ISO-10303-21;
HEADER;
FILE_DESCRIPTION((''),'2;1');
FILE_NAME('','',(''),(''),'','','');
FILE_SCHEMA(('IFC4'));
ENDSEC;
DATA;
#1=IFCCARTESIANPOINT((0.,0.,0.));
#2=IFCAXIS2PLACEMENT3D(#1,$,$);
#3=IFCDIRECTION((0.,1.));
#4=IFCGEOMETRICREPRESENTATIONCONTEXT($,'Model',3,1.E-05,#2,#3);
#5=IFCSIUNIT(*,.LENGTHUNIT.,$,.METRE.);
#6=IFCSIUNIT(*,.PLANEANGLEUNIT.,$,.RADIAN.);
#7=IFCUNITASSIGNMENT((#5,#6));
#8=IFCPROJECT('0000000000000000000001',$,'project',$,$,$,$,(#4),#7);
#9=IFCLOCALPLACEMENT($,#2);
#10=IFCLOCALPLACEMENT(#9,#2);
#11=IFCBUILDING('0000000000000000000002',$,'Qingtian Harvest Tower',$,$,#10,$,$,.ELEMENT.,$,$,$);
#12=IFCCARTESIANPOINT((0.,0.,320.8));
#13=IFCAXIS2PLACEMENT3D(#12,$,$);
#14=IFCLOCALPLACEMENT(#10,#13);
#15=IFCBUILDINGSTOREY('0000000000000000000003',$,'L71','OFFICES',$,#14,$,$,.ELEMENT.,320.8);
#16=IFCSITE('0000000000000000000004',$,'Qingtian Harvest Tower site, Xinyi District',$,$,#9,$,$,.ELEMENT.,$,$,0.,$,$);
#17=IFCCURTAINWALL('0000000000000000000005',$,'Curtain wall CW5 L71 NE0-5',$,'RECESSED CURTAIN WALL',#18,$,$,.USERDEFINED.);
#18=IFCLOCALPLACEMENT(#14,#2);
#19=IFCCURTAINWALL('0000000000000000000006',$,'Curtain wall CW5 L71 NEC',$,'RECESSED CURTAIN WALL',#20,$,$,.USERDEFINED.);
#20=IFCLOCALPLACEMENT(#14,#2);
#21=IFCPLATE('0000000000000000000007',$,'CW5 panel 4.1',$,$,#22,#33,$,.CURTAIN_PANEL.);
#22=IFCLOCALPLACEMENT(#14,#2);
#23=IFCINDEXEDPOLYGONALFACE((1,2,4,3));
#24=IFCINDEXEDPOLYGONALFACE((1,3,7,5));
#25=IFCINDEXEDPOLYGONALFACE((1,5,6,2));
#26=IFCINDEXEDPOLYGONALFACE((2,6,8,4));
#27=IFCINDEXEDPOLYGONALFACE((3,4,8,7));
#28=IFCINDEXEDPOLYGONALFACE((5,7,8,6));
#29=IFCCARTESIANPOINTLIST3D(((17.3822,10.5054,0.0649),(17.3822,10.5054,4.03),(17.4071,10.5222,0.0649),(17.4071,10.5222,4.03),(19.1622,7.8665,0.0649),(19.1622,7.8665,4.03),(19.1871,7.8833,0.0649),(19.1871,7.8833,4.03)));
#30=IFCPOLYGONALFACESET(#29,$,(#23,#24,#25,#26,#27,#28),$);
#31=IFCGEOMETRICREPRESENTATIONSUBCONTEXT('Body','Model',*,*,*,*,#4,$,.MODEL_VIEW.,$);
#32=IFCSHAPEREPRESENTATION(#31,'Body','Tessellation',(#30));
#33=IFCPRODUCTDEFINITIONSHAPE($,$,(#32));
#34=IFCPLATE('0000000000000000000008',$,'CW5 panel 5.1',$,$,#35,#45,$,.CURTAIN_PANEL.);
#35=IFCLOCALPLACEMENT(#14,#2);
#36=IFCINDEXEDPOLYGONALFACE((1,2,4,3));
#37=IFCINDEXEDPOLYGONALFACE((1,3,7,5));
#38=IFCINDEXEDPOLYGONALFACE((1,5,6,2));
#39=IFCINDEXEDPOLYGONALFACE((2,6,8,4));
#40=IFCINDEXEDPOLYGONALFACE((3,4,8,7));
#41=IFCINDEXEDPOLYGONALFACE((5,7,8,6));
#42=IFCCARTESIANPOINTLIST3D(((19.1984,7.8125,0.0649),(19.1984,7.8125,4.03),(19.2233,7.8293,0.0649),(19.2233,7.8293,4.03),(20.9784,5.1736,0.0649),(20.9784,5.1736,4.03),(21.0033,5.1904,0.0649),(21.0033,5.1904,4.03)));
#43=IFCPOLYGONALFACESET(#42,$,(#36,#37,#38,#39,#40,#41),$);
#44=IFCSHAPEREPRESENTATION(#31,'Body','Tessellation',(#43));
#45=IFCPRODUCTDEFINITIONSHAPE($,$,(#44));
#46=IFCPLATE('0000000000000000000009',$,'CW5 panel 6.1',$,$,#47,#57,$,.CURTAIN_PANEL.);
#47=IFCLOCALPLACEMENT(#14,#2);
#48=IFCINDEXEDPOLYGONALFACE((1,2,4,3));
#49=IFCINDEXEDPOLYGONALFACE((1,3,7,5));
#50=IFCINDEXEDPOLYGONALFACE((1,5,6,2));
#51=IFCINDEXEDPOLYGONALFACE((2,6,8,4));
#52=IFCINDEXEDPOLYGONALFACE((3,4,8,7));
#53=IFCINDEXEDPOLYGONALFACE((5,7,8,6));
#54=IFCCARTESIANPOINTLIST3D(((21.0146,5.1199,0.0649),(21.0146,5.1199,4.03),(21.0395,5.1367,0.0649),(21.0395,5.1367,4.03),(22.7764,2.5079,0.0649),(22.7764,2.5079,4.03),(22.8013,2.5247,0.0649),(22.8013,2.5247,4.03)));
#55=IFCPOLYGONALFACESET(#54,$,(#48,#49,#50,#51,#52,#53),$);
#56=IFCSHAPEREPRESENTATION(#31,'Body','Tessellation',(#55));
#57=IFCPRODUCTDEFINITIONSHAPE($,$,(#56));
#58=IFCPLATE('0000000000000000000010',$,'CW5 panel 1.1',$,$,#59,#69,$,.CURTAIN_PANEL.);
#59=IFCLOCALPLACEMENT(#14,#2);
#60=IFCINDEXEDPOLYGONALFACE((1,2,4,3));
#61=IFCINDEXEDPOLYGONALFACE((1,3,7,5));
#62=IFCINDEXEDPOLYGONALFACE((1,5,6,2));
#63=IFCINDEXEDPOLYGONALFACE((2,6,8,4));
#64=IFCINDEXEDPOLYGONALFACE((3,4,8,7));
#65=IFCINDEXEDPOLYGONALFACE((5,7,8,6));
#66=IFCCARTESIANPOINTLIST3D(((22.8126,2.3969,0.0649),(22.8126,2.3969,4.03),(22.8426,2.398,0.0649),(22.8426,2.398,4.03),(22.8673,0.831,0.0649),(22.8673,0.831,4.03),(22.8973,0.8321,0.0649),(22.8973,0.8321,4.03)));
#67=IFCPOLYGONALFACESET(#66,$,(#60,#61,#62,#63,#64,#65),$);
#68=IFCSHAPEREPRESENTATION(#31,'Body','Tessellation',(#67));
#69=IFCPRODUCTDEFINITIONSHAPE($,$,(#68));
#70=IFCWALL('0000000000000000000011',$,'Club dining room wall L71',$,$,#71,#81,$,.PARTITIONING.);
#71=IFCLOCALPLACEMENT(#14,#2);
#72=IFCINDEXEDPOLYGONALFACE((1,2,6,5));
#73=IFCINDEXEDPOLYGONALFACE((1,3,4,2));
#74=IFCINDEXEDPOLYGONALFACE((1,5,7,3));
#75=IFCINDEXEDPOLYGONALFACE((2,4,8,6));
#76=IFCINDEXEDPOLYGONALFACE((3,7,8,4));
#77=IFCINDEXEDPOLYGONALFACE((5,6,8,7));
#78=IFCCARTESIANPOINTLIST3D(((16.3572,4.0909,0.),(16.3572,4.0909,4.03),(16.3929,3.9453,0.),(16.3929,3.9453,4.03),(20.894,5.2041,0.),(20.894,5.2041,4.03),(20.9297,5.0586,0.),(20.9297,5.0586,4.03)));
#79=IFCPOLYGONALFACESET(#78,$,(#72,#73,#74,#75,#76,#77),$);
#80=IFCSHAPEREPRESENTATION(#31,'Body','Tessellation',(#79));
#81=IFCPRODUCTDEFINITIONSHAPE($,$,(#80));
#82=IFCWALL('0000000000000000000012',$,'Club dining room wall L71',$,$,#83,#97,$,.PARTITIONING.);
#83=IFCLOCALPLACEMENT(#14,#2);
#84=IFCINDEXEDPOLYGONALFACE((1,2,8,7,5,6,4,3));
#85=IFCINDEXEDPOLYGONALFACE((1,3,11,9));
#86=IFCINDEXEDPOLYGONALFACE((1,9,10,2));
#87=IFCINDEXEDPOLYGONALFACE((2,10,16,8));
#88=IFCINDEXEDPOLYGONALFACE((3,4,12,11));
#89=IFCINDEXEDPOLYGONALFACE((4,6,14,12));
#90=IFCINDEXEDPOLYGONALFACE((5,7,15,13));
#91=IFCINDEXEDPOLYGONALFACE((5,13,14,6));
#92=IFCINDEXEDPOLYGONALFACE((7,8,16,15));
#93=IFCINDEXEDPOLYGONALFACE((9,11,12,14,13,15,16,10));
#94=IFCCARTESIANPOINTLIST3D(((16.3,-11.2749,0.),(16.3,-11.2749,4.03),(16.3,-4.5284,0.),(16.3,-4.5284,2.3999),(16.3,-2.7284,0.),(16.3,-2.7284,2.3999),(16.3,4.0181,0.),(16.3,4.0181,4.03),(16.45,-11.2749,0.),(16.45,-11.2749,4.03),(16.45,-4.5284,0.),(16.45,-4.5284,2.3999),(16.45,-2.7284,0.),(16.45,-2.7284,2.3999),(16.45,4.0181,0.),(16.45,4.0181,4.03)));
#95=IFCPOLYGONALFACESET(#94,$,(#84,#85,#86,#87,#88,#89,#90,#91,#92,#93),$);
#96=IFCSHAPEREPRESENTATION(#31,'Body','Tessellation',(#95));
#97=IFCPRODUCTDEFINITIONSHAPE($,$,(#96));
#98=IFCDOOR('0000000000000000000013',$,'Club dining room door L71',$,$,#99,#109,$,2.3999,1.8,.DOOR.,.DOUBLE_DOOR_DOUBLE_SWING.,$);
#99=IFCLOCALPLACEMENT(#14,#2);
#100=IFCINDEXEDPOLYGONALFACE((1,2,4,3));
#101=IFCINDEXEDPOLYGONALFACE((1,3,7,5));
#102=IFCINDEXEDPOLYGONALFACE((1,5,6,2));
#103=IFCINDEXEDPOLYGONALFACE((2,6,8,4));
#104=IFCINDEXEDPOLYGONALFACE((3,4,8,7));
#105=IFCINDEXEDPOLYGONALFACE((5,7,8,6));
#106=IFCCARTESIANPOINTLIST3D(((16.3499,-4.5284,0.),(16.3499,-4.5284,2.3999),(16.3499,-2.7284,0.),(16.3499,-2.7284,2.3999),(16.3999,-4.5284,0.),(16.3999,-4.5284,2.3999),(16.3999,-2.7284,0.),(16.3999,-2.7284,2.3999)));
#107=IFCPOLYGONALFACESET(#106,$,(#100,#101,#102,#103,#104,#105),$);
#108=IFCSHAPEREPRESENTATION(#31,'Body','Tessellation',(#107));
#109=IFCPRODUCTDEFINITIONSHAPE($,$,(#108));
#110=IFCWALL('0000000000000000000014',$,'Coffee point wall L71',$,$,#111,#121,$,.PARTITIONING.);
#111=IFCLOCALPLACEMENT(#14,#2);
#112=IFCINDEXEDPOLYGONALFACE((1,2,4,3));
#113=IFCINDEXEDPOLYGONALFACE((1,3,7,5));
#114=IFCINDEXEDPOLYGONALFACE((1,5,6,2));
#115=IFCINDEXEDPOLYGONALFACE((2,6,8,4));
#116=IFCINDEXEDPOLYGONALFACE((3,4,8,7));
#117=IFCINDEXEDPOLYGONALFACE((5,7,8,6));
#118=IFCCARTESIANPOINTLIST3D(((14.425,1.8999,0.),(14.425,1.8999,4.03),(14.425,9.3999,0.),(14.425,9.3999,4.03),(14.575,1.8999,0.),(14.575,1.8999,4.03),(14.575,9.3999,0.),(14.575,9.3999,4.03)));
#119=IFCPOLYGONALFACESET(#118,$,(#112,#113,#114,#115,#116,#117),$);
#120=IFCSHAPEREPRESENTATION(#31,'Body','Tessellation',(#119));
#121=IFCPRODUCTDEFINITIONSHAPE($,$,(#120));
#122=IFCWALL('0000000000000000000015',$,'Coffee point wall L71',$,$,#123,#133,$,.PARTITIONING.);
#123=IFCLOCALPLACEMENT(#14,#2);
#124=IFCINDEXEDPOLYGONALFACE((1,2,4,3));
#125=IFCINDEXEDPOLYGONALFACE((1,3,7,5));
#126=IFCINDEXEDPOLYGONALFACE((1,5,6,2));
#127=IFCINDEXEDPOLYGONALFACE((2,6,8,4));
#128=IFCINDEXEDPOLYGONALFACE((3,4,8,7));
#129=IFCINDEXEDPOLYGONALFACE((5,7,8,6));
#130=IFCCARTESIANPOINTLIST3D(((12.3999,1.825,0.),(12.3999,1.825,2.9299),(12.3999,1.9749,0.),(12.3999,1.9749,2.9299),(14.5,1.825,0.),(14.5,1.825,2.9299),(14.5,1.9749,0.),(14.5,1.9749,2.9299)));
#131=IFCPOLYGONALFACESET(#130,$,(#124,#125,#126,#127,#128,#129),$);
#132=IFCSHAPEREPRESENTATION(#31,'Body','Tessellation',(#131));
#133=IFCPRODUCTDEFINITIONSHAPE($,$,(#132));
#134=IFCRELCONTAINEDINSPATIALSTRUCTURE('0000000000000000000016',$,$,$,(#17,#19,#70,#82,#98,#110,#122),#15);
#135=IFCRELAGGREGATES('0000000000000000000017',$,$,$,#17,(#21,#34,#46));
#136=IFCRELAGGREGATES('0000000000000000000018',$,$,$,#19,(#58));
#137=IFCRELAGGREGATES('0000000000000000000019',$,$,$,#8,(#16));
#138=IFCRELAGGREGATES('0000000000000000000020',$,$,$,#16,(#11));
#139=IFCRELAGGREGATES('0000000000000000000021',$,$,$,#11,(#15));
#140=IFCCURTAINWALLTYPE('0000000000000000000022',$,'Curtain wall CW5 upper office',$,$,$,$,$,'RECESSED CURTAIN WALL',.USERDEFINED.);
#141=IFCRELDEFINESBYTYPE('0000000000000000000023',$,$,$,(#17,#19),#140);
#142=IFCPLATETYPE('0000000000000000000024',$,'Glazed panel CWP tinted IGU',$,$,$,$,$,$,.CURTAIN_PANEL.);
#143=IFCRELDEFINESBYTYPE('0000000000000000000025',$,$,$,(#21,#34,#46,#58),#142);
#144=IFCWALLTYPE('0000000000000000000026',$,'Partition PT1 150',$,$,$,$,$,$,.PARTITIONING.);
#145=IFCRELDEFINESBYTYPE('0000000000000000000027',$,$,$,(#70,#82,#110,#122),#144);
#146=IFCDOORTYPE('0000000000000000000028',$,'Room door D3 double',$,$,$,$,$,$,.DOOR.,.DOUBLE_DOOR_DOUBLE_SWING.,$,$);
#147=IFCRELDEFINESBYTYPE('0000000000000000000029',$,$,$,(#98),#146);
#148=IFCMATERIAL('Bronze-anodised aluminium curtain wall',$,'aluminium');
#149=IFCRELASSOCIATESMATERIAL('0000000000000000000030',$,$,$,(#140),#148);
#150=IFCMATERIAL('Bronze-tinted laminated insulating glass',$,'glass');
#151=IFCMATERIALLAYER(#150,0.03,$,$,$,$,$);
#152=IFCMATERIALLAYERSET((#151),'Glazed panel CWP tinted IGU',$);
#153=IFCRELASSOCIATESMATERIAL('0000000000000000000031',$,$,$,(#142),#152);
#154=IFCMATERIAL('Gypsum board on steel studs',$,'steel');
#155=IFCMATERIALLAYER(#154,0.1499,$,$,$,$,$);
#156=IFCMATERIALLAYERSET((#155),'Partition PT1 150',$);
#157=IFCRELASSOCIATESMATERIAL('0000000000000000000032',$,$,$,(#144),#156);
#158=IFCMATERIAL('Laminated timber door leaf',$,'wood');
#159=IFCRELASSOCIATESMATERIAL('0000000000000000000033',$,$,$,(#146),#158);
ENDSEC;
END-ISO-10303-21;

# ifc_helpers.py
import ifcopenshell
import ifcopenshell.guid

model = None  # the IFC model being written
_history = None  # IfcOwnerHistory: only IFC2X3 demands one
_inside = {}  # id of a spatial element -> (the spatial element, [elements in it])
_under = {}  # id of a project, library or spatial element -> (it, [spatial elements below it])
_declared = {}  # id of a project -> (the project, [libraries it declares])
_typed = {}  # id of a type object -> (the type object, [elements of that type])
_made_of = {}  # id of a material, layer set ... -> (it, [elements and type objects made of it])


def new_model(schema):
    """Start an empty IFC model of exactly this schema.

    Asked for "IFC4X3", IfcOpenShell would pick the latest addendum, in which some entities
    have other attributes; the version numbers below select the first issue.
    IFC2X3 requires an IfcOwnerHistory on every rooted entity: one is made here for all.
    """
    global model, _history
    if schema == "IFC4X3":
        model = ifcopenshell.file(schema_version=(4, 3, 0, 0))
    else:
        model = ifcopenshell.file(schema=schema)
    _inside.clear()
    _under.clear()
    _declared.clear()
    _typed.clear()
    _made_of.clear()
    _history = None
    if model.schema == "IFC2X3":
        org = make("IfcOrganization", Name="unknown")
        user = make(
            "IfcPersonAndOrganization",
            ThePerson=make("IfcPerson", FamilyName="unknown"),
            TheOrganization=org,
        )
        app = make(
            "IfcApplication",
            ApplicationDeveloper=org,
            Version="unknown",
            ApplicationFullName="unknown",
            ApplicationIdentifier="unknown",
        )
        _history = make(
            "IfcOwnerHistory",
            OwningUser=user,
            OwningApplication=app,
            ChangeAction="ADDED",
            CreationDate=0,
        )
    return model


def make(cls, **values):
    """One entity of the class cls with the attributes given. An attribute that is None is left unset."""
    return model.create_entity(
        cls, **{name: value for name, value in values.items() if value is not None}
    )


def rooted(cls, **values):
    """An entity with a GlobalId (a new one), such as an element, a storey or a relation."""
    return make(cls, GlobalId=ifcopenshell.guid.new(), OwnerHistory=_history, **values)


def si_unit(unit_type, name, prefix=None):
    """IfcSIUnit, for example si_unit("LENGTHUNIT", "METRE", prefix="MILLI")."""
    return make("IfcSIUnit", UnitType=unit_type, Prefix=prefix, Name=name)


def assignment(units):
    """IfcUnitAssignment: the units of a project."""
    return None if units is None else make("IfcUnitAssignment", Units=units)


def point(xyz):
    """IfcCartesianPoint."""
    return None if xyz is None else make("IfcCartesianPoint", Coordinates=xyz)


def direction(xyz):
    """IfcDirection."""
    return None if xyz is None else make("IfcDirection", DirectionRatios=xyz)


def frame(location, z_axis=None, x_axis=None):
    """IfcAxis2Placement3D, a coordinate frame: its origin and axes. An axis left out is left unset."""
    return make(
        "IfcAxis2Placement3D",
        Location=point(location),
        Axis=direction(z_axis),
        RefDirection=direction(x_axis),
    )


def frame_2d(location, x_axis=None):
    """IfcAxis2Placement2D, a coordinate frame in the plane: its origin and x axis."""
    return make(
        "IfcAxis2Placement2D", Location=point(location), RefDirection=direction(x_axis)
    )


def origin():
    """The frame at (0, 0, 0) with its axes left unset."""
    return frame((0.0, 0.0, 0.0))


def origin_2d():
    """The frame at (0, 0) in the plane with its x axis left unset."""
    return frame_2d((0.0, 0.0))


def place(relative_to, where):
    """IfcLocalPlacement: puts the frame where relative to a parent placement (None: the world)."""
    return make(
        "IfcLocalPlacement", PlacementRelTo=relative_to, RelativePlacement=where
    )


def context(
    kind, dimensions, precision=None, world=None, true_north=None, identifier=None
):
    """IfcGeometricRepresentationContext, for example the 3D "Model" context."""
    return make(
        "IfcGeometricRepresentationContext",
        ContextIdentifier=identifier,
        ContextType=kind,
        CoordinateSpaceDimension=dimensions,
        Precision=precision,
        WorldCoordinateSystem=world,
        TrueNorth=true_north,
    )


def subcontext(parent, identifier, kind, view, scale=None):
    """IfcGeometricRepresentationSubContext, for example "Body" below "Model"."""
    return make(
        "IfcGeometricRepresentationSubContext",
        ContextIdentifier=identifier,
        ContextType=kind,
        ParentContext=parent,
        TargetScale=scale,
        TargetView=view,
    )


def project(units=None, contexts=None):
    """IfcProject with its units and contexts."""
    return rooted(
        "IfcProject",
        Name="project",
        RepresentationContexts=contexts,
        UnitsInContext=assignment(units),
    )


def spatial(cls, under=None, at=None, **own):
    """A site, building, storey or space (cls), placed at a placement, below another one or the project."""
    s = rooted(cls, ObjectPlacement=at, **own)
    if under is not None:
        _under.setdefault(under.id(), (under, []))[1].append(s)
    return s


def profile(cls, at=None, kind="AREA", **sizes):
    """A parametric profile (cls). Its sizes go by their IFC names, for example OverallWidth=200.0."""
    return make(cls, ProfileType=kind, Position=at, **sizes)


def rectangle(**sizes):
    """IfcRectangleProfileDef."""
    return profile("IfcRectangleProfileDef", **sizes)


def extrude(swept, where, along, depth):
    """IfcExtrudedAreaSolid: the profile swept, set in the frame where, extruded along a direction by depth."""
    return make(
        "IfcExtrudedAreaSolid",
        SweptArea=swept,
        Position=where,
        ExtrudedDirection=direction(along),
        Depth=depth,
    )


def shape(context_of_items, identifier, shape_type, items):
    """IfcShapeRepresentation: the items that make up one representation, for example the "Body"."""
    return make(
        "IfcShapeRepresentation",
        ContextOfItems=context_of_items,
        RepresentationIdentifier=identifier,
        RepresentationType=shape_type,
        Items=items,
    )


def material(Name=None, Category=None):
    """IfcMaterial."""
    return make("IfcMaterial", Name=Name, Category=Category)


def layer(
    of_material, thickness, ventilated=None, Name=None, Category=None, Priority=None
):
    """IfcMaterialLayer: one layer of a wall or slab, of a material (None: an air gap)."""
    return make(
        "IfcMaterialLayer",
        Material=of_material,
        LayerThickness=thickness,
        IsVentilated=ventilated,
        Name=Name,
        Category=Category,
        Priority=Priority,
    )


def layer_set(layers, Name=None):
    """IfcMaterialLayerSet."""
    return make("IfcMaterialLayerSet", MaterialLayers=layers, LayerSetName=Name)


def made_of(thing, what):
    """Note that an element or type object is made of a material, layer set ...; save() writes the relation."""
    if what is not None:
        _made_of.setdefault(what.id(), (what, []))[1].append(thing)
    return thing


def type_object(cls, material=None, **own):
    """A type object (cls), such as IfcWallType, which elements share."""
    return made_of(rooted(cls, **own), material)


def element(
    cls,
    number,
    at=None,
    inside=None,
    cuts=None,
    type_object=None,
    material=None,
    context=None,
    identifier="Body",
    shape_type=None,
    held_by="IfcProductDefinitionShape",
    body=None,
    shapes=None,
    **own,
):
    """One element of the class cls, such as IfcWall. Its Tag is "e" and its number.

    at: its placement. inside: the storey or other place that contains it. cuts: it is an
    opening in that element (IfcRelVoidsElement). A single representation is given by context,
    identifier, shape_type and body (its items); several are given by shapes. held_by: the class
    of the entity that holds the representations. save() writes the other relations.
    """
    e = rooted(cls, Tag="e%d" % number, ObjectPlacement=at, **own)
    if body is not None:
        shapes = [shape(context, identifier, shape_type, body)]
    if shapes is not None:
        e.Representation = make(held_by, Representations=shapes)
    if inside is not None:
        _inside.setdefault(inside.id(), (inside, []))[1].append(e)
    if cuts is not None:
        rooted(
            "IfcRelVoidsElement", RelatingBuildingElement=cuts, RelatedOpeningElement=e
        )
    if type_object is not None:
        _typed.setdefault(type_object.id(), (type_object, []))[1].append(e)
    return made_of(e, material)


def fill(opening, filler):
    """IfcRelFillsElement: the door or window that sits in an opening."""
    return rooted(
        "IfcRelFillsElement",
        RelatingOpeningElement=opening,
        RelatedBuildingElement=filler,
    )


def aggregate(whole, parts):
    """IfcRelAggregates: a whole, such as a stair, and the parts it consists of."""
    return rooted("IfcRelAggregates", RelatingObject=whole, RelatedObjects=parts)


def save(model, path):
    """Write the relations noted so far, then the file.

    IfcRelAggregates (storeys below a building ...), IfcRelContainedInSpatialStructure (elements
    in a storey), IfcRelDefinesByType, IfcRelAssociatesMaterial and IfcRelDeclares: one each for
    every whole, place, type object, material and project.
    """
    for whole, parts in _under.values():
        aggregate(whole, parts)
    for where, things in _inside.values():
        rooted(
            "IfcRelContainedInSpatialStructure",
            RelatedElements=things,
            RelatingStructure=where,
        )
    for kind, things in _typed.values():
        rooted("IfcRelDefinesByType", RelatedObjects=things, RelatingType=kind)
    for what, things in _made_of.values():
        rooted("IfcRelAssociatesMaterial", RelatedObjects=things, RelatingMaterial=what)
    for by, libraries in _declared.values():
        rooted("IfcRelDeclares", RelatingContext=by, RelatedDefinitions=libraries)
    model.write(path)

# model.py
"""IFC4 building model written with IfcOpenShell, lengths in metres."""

from ifc_helpers import new_model, si_unit, direction, frame, frame_2d, origin, origin_2d, place, context, subcontext, project, spatial, rectangle, extrude, material, layer, layer_set, type_object, element, fill, aggregate, save


model = new_model("IFC4")

# Units and contexts
model_context = context("Model", 3, precision=1e-05, world=origin(), true_north=direction((0.0, 1.0)))
body_context = subcontext(model_context, "Body", "Model", "MODEL_VIEW")
ifc_project = project(units=[si_unit("LENGTHUNIT", "METRE"), si_unit("PLANEANGLEUNIT", "RADIAN")], contexts=[model_context])

# Site, building, storey
site_placement = place(None, origin())
site = spatial("IfcSite", under=ifc_project, at=site_placement, Name="Qingtian Harvest Tower site, Xinyi District", CompositionType="ELEMENT", RefElevation=0.0)
building_placement = place(site_placement, origin())
building = spatial("IfcBuilding", under=site, at=building_placement, Name="Qingtian Harvest Tower", CompositionType="ELEMENT")
storey_placement = place(building_placement, frame((0.0, 0.0, 320.8)))
storey = spatial("IfcBuildingStorey", under=building, at=storey_placement, Name="L71", Description="OFFICES", CompositionType="ELEMENT", Elevation=320.8)

# Curtain walls
ifc_material_1 = material(Name="Bronze-anodised aluminium curtain wall", Category="aluminium")
curtain_wall_type = type_object("IfcCurtainWallType", Name="Curtain wall CW5 upper office", ElementType="RECESSED CURTAIN WALL", PredefinedType="USERDEFINED", material=ifc_material_1)
curtain_wall_1_placement = place(storey_placement, origin())
curtain_wall_1 = element("IfcCurtainWall", 1, at=curtain_wall_1_placement, inside=storey, type_object=curtain_wall_type, Name="Curtain wall CW5 L71 NE0-5", ObjectType="RECESSED CURTAIN WALL", PredefinedType="USERDEFINED")
curtain_wall_2_placement = place(storey_placement, origin())
curtain_wall_2 = element("IfcCurtainWall", 2, at=curtain_wall_2_placement, inside=storey, type_object=curtain_wall_type, Name="Curtain wall CW5 L71 NEC", ObjectType="RECESSED CURTAIN WALL", PredefinedType="USERDEFINED")

# Plates
ifc_material_2 = material(Name="Bronze-tinted laminated insulating glass", Category="glass")
ifc_layer_1 = layer(ifc_material_2, 0.03)
ifc_layer_set_1 = layer_set([ifc_layer_1], Name="Glazed panel CWP tinted IGU")
plate_type = type_object("IfcPlateType", Name="Glazed panel CWP tinted IGU", PredefinedType="CURTAIN_PANEL", material=ifc_layer_set_1)
plate_1_placement = place(storey_placement, frame((18.2847, 9.1943, 0.0649), z_axis=(0.0, 0.0, 1.0), x_axis=(0.559193, -0.829038, 0.0)))
plate_1 = element("IfcPlate", 3, at=plate_1_placement, type_object=plate_type, Name="CW5 panel 4.1", PredefinedType="CURTAIN_PANEL", context=body_context, shape_type="SweptSolid", body=[
    extrude(rectangle(XDim=3.1831, YDim=0.03, at=origin_2d()), origin(), (0.0, 0.0, 1.0), 3.9651),
])
plate_2_placement = place(storey_placement, frame((20.1008, 6.5015, 0.0649), z_axis=(0.0, 0.0, 1.0), x_axis=(0.559193, -0.829038, 0.0)))
plate_2 = element("IfcPlate", 4, at=plate_2_placement, type_object=plate_type, Name="CW5 panel 5.1", PredefinedType="CURTAIN_PANEL", context=body_context, shape_type="SweptSolid", body=[
    extrude(rectangle(XDim=3.1831, YDim=0.03, at=origin_2d()), origin(), (0.0, 0.0, 1.0), 3.9651),
])
plate_3_placement = place(storey_placement, frame((21.908, 3.8223, 0.0649), z_axis=(0.0, 0.0, 1.0), x_axis=(0.559193, -0.829038, 0.0)))
plate_3 = element("IfcPlate", 5, at=plate_3_placement, type_object=plate_type, Name="CW5 panel 6.1", PredefinedType="CURTAIN_PANEL", context=body_context, shape_type="SweptSolid", body=[
    extrude(rectangle(XDim=3.1506, YDim=0.03, at=origin_2d()), origin(), (0.0, 0.0, 1.0), 3.9651),
])
aggregate(curtain_wall_1, [plate_1, plate_2, plate_3])
plate_4_placement = place(storey_placement, frame((22.855, 1.6145, 0.0649), z_axis=(0.0, 0.0, 1.0), x_axis=(0.034899, -0.999391, 0.0)))
plate_4 = element("IfcPlate", 6, at=plate_4_placement, type_object=plate_type, Name="CW5 panel 1.1", PredefinedType="CURTAIN_PANEL", context=body_context, shape_type="SweptSolid", body=[
    extrude(rectangle(XDim=1.5669, YDim=0.03, at=origin_2d()), origin(), (0.0, 0.0, 1.0), 3.9651),
])
aggregate(curtain_wall_2, [plate_4])

# Wall
ifc_material_3 = material(Name="Gypsum board on steel studs", Category="steel")
ifc_layer_2 = layer(ifc_material_3, 0.1499)
ifc_layer_set_2 = layer_set([ifc_layer_2], Name="Partition PT1 150")
wall_type = type_object("IfcWallType", Name="Partition PT1 150", PredefinedType="PARTITIONING", material=ifc_layer_set_2)
wall_1_placement = place(storey_placement, frame((20.9119, 5.1313, 0.0), z_axis=(0.0, 0.0, 1.0), x_axis=(-0.971188, -0.238315, 0.0)))
element("IfcWall", 7, at=wall_1_placement, inside=storey, type_object=wall_type, Name="Club dining room wall L71", PredefinedType="PARTITIONING", context=body_context, shape_type="SweptSolid", body=[
    extrude(rectangle(XDim=4.6714, YDim=0.1499, at=frame_2d((2.3357, 0.0))), origin(), (0.0, 0.0, 1.0), 4.03),
])

# Wall, opening, door
wall_2_placement = place(storey_placement, frame((16.375, 4.0181, 0.0), z_axis=(0.0, 0.0, 1.0), x_axis=(0.0, -1.0, 0.0)))
wall_2 = element("IfcWall", 8, at=wall_2_placement, inside=storey, type_object=wall_type, Name="Club dining room wall L71", PredefinedType="PARTITIONING", context=body_context, shape_type="SweptSolid", body=[
    extrude(rectangle(XDim=15.293, YDim=0.1499, at=frame_2d((7.6465, 0.0))), origin(), (0.0, 0.0, 1.0), 4.03),
])
opening_placement = place(wall_2_placement, frame((6.7466, 0.0, 0.0)))
opening = element("IfcOpeningElement", 9, at=opening_placement, cuts=wall_2, PredefinedType="OPENING", context=body_context, shape_type="SweptSolid", body=[
    extrude(rectangle(XDim=1.8, YDim=2.3999, at=frame_2d((0.8999, 1.2))), frame((0.0, 0.085, 0.0), z_axis=(0.0, -1.0, 0.0), x_axis=(1.0, 0.0, 0.0)), (0.0, 0.0, 1.0), 0.1699),
])
ifc_material_4 = material(Name="Laminated timber door leaf", Category="wood")
door_type = type_object("IfcDoorType", Name="Room door D3 double", OperationType="DOUBLE_DOOR_DOUBLE_SWING", PredefinedType="DOOR", material=ifc_material_4)
door_placement = place(opening_placement, origin())
door = element("IfcDoor", 10, at=door_placement, inside=storey, type_object=door_type, Name="Club dining room door L71", OperationType="DOUBLE_DOOR_DOUBLE_SWING", OverallHeight=2.3999, OverallWidth=1.8, PredefinedType="DOOR", context=body_context, shape_type="SweptSolid", body=[
    extrude(rectangle(XDim=1.8, YDim=2.3999, at=frame_2d((0.8999, 1.2))), frame((0.0, 0.0249, 0.0), z_axis=(0.0, -1.0, 0.0), x_axis=(1.0, 0.0, 0.0)), (0.0, 0.0, 1.0), 0.05),
])
fill(opening, door)

# Walls
wall_3_placement = place(storey_placement, frame((14.5, 1.8999, 0.0), z_axis=(0.0, 0.0, 1.0), x_axis=(0.0, 1.0, 0.0)))
element("IfcWall", 11, at=wall_3_placement, inside=storey, type_object=wall_type, Name="Coffee point wall L71", PredefinedType="PARTITIONING", context=body_context, shape_type="SweptSolid", body=[
    extrude(rectangle(XDim=7.5, YDim=0.1499, at=frame_2d((3.75, 0.0))), origin(), (0.0, 0.0, 1.0), 4.03),
])
wall_4_placement = place(storey_placement, frame((12.3999, 1.8999, 0.0), z_axis=(0.0, 0.0, 1.0), x_axis=(1.0, 0.0, 0.0)))
element("IfcWall", 12, at=wall_4_placement, inside=storey, type_object=wall_type, Name="Coffee point wall L71", PredefinedType="PARTITIONING", context=body_context, shape_type="SweptSolid", body=[
    extrude(rectangle(XDim=2.1001, YDim=0.1499, at=frame_2d((1.05, 0.0))), origin(), (0.0, 0.0, 1.0), 2.9299),
])

save(model, "model.ifc")
